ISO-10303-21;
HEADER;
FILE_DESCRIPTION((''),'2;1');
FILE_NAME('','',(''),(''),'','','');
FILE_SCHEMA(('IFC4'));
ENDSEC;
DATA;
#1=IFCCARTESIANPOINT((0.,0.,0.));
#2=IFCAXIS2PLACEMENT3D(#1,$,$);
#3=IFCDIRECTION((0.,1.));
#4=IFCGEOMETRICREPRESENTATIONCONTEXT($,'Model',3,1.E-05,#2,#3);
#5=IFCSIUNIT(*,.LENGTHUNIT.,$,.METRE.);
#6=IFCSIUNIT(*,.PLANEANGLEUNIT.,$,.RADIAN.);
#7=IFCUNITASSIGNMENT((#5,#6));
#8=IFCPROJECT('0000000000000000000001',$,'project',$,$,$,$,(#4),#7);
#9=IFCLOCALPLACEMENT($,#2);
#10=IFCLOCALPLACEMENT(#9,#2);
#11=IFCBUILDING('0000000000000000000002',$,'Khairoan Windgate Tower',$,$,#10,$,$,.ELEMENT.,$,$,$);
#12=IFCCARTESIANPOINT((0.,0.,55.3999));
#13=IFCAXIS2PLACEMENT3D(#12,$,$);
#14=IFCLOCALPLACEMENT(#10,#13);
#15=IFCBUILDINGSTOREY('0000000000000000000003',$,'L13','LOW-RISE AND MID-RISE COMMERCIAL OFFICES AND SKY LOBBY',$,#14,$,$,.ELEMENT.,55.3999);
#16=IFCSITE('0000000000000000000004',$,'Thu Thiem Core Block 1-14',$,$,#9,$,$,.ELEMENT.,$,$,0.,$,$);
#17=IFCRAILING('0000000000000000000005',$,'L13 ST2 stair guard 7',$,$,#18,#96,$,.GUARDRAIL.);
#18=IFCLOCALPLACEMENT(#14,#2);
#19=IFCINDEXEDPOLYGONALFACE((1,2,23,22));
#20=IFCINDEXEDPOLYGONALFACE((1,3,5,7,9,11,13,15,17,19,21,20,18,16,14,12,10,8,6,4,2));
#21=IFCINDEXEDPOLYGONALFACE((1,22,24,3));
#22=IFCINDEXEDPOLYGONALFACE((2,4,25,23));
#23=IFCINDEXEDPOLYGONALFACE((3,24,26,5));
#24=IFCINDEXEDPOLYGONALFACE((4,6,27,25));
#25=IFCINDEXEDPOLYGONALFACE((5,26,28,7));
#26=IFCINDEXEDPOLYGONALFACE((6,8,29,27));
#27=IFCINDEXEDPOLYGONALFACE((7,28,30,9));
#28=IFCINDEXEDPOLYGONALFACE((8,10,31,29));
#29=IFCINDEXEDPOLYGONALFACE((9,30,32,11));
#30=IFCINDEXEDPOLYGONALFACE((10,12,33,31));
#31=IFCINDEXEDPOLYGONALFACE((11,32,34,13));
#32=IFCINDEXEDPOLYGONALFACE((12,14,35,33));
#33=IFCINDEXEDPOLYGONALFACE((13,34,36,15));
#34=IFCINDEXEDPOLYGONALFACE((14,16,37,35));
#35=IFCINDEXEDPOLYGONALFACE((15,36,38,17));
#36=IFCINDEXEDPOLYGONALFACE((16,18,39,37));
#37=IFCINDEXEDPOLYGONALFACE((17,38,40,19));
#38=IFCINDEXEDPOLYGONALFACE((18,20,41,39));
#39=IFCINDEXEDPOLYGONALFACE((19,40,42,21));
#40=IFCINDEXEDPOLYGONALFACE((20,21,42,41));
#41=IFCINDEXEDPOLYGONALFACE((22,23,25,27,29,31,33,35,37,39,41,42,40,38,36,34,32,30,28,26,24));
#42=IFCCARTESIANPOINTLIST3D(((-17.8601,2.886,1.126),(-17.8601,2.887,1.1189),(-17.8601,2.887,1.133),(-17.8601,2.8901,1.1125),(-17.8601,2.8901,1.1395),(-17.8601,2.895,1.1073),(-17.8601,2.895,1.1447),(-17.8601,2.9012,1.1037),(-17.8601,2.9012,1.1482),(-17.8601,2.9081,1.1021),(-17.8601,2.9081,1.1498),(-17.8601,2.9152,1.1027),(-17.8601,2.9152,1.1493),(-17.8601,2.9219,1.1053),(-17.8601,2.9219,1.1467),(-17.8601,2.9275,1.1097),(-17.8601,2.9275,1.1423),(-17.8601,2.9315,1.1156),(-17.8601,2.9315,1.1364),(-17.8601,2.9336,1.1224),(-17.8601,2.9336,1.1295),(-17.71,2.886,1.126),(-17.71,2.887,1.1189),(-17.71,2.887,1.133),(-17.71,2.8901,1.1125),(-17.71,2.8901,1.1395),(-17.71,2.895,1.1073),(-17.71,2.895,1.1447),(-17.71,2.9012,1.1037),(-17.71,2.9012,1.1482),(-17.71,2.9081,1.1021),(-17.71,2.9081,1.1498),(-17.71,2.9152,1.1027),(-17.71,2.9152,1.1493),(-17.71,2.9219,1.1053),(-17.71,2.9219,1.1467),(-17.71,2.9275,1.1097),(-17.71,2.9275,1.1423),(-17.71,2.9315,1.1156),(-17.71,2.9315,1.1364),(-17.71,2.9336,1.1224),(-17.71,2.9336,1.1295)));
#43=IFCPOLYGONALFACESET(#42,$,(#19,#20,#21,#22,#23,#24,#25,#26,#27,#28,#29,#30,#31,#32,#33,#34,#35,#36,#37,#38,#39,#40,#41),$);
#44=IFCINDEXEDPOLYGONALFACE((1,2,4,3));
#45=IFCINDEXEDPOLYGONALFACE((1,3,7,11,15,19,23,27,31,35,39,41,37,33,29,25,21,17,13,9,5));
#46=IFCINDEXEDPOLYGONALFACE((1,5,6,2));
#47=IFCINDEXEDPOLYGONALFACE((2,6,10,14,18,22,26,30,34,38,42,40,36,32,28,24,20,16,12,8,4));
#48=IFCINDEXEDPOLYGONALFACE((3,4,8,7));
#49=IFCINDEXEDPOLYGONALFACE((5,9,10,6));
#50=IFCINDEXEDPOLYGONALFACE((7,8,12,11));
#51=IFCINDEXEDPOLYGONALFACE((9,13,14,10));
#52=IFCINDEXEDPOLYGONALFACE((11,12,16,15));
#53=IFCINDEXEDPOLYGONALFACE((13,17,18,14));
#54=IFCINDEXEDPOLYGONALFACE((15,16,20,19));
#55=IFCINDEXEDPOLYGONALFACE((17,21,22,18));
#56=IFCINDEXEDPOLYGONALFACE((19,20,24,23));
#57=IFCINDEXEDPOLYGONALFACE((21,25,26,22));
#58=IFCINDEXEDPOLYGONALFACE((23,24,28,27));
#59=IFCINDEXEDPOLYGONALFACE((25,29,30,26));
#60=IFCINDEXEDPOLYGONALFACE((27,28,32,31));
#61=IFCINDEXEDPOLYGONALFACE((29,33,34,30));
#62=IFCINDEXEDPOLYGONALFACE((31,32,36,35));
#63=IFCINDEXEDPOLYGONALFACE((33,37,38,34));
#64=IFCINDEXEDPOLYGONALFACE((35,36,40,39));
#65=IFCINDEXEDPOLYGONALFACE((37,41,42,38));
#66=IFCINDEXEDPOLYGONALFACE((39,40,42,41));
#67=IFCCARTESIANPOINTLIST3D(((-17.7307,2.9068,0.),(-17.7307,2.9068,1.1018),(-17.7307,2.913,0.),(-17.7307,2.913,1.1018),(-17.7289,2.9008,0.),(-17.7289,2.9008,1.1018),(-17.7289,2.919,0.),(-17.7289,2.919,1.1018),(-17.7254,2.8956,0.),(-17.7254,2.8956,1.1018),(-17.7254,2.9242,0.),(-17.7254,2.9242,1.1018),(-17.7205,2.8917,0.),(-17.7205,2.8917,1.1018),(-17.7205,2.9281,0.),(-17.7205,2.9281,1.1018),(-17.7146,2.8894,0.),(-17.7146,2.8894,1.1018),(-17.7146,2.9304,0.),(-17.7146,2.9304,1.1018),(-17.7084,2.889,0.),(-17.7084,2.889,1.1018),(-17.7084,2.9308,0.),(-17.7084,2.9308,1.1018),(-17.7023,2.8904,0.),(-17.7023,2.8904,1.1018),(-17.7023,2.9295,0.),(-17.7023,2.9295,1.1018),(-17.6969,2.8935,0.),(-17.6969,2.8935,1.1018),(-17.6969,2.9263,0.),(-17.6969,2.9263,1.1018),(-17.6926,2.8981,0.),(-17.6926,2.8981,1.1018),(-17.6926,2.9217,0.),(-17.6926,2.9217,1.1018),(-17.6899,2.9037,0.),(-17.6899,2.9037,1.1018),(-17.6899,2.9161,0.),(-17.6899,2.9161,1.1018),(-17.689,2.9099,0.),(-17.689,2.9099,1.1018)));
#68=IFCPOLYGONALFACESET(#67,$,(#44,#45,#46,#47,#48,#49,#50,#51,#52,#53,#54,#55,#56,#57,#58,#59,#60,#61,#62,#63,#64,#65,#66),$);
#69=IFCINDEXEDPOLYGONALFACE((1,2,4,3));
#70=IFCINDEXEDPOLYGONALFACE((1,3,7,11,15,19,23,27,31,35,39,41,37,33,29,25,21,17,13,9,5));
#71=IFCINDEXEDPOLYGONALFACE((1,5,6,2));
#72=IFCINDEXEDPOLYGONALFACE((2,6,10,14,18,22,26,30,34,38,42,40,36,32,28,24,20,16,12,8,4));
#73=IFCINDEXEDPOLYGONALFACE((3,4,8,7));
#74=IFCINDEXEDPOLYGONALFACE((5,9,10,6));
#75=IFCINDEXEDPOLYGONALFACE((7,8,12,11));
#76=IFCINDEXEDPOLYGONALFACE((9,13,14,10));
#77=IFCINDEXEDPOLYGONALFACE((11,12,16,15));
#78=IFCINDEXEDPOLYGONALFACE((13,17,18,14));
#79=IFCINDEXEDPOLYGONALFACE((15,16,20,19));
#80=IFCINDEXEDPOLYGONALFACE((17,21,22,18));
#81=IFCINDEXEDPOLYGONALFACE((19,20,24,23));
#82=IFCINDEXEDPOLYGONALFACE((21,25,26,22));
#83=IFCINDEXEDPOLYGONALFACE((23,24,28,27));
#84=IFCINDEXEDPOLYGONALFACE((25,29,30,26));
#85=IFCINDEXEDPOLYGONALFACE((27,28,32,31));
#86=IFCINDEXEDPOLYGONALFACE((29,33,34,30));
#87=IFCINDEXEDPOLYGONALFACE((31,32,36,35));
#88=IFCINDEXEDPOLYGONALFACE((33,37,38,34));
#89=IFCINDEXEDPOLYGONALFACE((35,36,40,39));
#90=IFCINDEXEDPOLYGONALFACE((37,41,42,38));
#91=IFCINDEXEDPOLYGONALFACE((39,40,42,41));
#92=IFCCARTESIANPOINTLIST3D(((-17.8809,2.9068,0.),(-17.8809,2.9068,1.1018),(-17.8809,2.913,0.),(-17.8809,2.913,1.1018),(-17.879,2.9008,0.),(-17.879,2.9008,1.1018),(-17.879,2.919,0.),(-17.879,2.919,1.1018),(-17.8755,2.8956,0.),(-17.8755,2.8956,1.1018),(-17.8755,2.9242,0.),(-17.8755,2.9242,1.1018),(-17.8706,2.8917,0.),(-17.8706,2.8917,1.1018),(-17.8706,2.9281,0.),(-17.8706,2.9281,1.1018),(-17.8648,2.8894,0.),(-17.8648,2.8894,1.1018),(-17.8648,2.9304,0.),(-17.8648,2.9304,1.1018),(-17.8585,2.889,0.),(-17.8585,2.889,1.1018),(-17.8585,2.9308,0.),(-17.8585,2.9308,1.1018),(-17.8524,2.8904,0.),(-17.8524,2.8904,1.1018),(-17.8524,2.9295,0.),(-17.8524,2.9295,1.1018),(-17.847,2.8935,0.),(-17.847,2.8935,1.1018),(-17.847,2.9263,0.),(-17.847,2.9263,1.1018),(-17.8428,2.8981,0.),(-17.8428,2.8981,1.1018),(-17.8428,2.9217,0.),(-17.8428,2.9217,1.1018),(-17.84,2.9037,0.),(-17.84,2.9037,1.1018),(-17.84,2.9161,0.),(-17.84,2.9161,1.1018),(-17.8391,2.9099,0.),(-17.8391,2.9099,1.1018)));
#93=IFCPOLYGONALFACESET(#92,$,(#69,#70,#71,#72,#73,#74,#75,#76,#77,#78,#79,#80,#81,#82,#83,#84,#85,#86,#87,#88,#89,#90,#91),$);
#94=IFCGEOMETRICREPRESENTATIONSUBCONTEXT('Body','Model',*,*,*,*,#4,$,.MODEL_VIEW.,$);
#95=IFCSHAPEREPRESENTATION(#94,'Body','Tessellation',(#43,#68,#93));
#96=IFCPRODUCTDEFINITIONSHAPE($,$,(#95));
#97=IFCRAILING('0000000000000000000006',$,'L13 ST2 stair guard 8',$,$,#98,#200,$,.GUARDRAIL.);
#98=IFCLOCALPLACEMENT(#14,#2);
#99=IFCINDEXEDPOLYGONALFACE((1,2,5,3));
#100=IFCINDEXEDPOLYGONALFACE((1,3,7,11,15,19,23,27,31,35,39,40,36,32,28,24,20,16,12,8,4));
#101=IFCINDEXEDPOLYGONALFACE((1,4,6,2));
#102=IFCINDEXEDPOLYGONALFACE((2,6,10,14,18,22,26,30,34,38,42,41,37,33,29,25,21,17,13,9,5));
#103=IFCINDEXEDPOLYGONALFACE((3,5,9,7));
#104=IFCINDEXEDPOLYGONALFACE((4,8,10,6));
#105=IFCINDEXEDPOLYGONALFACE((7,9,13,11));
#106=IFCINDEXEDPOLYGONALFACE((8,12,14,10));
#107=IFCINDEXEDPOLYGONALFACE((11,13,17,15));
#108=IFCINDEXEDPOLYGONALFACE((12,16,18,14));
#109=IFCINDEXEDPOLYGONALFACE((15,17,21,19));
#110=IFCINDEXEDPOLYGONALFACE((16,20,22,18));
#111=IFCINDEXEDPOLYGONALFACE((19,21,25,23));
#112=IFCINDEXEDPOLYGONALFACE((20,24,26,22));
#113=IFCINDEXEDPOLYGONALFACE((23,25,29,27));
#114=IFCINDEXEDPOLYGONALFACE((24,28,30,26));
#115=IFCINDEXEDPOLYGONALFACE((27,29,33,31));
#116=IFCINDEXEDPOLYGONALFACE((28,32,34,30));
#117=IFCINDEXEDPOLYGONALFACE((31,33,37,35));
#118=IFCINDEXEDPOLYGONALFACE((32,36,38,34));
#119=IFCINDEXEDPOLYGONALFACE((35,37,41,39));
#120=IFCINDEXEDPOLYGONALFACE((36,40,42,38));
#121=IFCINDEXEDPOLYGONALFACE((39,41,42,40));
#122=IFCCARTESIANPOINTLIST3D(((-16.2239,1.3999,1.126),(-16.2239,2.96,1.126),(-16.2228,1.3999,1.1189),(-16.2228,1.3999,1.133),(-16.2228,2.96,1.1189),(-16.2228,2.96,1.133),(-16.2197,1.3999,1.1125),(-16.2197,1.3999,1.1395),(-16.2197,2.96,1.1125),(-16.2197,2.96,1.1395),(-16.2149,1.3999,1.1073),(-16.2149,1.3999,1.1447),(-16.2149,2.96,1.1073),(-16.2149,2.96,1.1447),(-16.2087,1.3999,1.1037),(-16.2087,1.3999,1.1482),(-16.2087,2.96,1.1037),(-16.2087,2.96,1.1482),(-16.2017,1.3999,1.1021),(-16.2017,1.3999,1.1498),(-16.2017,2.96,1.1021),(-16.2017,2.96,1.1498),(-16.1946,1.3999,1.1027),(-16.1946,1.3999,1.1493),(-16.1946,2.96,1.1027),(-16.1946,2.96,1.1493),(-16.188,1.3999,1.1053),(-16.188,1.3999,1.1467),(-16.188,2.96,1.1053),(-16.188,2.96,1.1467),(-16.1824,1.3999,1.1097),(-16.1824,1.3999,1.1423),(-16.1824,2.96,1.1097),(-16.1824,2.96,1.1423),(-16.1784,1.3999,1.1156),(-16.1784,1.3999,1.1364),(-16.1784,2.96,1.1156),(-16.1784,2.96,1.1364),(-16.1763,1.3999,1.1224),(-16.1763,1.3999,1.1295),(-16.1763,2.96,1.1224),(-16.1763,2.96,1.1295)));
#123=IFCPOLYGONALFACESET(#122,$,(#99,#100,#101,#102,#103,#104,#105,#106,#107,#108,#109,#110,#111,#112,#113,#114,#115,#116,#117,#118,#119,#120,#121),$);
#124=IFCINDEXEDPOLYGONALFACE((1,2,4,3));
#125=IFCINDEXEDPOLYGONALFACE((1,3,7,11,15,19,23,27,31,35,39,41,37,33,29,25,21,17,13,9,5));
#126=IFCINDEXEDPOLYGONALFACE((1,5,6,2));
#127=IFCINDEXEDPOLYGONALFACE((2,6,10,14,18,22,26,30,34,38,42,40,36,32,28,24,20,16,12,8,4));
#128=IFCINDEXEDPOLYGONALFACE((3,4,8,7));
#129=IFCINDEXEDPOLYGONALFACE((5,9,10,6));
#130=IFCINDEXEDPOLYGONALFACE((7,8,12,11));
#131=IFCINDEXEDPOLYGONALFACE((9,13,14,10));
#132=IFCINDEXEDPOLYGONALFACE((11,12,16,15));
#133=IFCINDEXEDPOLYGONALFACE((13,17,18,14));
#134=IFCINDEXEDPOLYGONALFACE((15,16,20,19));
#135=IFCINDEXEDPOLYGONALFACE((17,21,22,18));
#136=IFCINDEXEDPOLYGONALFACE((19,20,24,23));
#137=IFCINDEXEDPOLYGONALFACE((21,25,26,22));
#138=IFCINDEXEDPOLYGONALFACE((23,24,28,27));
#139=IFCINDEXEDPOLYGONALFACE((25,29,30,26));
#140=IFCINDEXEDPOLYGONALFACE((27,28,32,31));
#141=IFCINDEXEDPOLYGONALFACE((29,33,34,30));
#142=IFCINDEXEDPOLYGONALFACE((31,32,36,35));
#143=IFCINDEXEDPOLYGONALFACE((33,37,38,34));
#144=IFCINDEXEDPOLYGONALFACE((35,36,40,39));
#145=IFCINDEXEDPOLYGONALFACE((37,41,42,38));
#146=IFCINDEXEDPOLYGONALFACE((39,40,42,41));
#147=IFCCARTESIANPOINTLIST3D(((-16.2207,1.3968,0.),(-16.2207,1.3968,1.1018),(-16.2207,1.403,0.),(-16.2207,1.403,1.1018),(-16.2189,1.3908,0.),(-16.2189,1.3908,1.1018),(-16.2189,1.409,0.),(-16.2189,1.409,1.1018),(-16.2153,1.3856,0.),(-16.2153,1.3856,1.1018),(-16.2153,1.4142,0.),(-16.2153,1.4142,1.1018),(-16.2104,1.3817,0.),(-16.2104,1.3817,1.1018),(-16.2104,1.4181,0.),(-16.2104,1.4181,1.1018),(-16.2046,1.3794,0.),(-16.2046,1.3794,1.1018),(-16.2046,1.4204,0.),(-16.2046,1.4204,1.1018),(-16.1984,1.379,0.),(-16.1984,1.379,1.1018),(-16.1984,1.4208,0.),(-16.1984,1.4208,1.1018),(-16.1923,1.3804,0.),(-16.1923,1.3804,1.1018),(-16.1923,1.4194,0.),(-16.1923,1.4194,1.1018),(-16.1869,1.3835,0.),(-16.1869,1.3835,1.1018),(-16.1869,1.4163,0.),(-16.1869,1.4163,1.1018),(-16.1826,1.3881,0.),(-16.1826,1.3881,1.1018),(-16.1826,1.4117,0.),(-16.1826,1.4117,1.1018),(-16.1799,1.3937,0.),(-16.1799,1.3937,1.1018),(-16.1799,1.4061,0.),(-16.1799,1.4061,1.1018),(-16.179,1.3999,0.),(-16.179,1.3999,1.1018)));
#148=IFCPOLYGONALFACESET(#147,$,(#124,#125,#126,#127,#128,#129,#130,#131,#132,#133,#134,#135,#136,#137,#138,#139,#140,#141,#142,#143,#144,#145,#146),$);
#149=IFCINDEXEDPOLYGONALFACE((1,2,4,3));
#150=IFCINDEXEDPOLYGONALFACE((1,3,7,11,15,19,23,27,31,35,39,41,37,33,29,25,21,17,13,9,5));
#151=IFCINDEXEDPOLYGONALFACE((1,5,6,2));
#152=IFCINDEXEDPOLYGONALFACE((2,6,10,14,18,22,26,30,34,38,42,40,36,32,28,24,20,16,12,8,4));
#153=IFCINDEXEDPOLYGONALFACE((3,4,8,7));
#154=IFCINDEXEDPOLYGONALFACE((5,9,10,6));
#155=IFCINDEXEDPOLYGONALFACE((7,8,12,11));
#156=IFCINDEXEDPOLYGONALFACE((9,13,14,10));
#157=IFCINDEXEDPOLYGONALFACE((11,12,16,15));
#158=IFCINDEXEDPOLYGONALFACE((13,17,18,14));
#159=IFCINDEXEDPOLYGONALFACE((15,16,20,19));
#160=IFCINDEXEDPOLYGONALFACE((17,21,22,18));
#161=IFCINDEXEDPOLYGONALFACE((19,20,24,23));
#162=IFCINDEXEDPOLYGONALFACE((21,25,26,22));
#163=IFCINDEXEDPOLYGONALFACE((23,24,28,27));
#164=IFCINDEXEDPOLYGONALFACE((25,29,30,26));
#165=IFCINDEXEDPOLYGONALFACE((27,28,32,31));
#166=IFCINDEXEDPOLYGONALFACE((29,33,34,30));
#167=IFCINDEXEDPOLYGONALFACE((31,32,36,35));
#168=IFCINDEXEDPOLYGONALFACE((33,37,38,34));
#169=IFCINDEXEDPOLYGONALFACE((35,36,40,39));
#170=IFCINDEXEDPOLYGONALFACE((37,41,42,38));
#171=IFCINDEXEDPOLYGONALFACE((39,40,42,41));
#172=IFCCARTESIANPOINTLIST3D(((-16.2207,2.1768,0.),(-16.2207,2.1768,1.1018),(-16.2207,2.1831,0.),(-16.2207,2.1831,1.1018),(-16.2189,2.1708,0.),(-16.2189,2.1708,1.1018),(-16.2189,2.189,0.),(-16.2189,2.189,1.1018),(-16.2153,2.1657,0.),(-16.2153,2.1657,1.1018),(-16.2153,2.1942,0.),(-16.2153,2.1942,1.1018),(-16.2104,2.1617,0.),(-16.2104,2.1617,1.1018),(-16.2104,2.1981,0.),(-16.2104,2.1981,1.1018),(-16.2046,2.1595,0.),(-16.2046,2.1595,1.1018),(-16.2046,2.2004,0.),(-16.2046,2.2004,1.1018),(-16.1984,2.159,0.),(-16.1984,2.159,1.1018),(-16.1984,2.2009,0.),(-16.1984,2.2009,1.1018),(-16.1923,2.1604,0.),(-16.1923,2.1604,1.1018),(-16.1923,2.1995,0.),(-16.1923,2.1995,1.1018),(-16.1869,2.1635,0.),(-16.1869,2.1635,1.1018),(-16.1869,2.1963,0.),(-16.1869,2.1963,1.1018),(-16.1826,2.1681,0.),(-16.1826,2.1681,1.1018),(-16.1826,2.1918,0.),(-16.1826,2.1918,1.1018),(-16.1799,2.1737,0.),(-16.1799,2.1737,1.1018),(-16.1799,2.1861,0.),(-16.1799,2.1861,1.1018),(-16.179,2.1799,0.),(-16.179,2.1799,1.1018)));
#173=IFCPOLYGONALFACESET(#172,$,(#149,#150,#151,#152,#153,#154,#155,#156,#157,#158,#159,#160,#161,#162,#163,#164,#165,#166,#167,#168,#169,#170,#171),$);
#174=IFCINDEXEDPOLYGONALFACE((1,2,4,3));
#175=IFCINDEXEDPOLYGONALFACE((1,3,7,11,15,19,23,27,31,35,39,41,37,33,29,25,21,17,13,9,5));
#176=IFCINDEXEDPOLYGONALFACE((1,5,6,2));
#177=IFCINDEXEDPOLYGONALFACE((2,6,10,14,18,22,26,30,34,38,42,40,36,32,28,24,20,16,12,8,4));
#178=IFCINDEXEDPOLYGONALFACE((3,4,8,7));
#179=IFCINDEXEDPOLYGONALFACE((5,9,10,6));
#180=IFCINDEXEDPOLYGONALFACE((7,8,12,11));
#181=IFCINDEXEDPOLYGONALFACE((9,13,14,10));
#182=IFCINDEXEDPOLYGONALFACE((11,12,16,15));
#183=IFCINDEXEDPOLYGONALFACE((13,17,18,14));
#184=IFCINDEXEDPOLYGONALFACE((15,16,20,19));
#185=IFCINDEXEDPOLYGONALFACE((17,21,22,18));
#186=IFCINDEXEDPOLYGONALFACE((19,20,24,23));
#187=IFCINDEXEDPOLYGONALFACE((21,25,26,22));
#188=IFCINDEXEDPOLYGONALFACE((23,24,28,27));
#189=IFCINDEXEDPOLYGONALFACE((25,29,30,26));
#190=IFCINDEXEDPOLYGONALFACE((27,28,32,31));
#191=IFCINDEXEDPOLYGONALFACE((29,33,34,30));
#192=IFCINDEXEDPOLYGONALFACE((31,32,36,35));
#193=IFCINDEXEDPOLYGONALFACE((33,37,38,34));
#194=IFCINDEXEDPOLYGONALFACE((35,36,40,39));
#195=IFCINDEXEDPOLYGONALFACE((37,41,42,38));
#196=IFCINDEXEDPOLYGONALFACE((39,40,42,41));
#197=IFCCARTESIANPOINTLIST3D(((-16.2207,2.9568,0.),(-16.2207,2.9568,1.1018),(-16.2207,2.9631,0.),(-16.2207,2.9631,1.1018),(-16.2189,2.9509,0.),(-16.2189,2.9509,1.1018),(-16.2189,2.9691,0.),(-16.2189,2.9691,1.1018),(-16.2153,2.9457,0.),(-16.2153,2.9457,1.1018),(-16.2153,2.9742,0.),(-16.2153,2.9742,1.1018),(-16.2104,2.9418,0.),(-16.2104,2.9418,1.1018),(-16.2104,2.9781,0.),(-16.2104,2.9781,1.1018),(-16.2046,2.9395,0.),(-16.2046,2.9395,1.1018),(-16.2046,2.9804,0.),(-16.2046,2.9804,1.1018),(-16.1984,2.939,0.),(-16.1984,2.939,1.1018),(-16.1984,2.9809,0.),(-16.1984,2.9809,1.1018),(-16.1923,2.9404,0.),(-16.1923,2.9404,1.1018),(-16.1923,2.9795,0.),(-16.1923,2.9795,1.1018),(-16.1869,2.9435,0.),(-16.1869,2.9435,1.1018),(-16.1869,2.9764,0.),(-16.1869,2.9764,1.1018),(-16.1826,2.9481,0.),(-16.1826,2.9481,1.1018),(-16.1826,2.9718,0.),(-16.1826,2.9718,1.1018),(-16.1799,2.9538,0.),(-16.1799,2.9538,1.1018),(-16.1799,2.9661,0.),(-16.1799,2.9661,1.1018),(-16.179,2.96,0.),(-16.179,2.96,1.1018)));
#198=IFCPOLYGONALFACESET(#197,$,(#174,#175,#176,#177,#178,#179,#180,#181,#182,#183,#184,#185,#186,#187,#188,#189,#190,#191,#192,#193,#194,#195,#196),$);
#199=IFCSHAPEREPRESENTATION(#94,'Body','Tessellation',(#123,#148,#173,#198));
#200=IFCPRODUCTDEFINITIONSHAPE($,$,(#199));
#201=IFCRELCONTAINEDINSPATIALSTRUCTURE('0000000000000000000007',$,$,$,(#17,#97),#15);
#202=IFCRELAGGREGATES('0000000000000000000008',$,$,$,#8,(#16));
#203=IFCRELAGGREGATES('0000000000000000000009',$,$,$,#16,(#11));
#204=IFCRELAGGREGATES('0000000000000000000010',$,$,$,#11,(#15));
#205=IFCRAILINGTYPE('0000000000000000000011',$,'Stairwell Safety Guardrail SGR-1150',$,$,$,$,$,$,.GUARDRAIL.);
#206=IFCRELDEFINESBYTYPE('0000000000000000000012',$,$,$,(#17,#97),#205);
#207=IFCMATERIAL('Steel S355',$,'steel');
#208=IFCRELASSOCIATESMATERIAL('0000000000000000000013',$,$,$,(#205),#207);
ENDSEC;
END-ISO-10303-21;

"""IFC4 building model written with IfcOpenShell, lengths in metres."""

from ifc_helpers import new_model, si_unit, direction, frame, origin, origin_2d, place, context, subcontext, project, spatial, circle, extrude, material, type_object, element, save


model = new_model("IFC4")

# Units and contexts
model_context = context("Model", 3, precision=1e-05, world=origin(), true_north=direction((0.0, 1.0)))
body_context = subcontext(model_context, "Body", "Model", "MODEL_VIEW")
ifc_project = project(units=[si_unit("LENGTHUNIT", "METRE"), si_unit("PLANEANGLEUNIT", "RADIAN")], contexts=[model_context])

# Site, building, storey
site_placement = place(None, origin())
site = spatial("IfcSite", under=ifc_project, at=site_placement, Name="Thu Thiem Core Block 1-14", CompositionType="ELEMENT", RefElevation=0.0)
building_placement = place(site_placement, origin())
building = spatial("IfcBuilding", under=site, at=building_placement, Name="Khairoan Windgate Tower", CompositionType="ELEMENT")
storey_placement = place(building_placement, frame((0.0, 0.0, 55.3999)))
storey = spatial("IfcBuildingStorey", under=building, at=storey_placement, Name="L13", Description="LOW-RISE AND MID-RISE COMMERCIAL OFFICES AND SKY LOBBY", CompositionType="ELEMENT", Elevation=55.3999)

# Railings
ifc_material_1 = material(Name="Steel S355", Category="steel")
railing_type_1 = type_object("IfcRailingType", Name="Stairwell Safety Guardrail SGR-1150", PredefinedType="GUARDRAIL", material=ifc_material_1)
railing_1_placement = place(storey_placement, frame((-17.71, 2.9099, 0.0)))
element("IfcRailing", 1, at=railing_1_placement, inside=storey, type_object=railing_type_1, Name="L13 ST2 stair guard 7", PredefinedType="GUARDRAIL", context=body_context, shape_type="SweptSolid", body=[
    extrude(circle(Radius=0.0239, at=origin_2d()), frame((0.0, 0.0, 1.126), z_axis=(-1.0, 0.0, 0.0), x_axis=(0.0, -1.0, 0.0)), (0.0, 0.0, 1.0), 0.1501),
    extrude(circle(Radius=0.021, at=origin_2d()), origin(), (0.0, 0.0, 1.0), 1.1018),
    extrude(circle(Radius=0.021, at=origin_2d()), frame((-0.1501, 0.0, 0.0)), (0.0, 0.0, 1.0), 1.1018),
])
for number, where, name in (
    (2, (-16.2, 1.3999, 0.0), "L13 ST2 stair guard 8"),
):
    element("IfcRailing", number, at=place(storey_placement, frame(where)), inside=storey, type_object=railing_type_1, Name=name, PredefinedType="GUARDRAIL", context=body_context, shape_type="SweptSolid", body=[
        extrude(circle(Radius=0.0239, at=origin_2d()), frame((0.0, 0.0, 1.126), z_axis=(0.0, 1.0, 0.0), x_axis=(-1.0, 0.0, 0.0)), (0.0, 0.0, 1.0), 1.5601),
        extrude(circle(Radius=0.021, at=origin_2d()), origin(), (0.0, 0.0, 1.0), 1.1018),
        extrude(circle(Radius=0.021, at=origin_2d()), frame((0.0, 0.78, 0.0)), (0.0, 0.0, 1.0), 1.1018),
        extrude(circle(Radius=0.021, at=origin_2d()), frame((0.0, 1.5601, 0.0)), (0.0, 0.0, 1.0), 1.1018),
    ])

save(model, "model.ifc")
